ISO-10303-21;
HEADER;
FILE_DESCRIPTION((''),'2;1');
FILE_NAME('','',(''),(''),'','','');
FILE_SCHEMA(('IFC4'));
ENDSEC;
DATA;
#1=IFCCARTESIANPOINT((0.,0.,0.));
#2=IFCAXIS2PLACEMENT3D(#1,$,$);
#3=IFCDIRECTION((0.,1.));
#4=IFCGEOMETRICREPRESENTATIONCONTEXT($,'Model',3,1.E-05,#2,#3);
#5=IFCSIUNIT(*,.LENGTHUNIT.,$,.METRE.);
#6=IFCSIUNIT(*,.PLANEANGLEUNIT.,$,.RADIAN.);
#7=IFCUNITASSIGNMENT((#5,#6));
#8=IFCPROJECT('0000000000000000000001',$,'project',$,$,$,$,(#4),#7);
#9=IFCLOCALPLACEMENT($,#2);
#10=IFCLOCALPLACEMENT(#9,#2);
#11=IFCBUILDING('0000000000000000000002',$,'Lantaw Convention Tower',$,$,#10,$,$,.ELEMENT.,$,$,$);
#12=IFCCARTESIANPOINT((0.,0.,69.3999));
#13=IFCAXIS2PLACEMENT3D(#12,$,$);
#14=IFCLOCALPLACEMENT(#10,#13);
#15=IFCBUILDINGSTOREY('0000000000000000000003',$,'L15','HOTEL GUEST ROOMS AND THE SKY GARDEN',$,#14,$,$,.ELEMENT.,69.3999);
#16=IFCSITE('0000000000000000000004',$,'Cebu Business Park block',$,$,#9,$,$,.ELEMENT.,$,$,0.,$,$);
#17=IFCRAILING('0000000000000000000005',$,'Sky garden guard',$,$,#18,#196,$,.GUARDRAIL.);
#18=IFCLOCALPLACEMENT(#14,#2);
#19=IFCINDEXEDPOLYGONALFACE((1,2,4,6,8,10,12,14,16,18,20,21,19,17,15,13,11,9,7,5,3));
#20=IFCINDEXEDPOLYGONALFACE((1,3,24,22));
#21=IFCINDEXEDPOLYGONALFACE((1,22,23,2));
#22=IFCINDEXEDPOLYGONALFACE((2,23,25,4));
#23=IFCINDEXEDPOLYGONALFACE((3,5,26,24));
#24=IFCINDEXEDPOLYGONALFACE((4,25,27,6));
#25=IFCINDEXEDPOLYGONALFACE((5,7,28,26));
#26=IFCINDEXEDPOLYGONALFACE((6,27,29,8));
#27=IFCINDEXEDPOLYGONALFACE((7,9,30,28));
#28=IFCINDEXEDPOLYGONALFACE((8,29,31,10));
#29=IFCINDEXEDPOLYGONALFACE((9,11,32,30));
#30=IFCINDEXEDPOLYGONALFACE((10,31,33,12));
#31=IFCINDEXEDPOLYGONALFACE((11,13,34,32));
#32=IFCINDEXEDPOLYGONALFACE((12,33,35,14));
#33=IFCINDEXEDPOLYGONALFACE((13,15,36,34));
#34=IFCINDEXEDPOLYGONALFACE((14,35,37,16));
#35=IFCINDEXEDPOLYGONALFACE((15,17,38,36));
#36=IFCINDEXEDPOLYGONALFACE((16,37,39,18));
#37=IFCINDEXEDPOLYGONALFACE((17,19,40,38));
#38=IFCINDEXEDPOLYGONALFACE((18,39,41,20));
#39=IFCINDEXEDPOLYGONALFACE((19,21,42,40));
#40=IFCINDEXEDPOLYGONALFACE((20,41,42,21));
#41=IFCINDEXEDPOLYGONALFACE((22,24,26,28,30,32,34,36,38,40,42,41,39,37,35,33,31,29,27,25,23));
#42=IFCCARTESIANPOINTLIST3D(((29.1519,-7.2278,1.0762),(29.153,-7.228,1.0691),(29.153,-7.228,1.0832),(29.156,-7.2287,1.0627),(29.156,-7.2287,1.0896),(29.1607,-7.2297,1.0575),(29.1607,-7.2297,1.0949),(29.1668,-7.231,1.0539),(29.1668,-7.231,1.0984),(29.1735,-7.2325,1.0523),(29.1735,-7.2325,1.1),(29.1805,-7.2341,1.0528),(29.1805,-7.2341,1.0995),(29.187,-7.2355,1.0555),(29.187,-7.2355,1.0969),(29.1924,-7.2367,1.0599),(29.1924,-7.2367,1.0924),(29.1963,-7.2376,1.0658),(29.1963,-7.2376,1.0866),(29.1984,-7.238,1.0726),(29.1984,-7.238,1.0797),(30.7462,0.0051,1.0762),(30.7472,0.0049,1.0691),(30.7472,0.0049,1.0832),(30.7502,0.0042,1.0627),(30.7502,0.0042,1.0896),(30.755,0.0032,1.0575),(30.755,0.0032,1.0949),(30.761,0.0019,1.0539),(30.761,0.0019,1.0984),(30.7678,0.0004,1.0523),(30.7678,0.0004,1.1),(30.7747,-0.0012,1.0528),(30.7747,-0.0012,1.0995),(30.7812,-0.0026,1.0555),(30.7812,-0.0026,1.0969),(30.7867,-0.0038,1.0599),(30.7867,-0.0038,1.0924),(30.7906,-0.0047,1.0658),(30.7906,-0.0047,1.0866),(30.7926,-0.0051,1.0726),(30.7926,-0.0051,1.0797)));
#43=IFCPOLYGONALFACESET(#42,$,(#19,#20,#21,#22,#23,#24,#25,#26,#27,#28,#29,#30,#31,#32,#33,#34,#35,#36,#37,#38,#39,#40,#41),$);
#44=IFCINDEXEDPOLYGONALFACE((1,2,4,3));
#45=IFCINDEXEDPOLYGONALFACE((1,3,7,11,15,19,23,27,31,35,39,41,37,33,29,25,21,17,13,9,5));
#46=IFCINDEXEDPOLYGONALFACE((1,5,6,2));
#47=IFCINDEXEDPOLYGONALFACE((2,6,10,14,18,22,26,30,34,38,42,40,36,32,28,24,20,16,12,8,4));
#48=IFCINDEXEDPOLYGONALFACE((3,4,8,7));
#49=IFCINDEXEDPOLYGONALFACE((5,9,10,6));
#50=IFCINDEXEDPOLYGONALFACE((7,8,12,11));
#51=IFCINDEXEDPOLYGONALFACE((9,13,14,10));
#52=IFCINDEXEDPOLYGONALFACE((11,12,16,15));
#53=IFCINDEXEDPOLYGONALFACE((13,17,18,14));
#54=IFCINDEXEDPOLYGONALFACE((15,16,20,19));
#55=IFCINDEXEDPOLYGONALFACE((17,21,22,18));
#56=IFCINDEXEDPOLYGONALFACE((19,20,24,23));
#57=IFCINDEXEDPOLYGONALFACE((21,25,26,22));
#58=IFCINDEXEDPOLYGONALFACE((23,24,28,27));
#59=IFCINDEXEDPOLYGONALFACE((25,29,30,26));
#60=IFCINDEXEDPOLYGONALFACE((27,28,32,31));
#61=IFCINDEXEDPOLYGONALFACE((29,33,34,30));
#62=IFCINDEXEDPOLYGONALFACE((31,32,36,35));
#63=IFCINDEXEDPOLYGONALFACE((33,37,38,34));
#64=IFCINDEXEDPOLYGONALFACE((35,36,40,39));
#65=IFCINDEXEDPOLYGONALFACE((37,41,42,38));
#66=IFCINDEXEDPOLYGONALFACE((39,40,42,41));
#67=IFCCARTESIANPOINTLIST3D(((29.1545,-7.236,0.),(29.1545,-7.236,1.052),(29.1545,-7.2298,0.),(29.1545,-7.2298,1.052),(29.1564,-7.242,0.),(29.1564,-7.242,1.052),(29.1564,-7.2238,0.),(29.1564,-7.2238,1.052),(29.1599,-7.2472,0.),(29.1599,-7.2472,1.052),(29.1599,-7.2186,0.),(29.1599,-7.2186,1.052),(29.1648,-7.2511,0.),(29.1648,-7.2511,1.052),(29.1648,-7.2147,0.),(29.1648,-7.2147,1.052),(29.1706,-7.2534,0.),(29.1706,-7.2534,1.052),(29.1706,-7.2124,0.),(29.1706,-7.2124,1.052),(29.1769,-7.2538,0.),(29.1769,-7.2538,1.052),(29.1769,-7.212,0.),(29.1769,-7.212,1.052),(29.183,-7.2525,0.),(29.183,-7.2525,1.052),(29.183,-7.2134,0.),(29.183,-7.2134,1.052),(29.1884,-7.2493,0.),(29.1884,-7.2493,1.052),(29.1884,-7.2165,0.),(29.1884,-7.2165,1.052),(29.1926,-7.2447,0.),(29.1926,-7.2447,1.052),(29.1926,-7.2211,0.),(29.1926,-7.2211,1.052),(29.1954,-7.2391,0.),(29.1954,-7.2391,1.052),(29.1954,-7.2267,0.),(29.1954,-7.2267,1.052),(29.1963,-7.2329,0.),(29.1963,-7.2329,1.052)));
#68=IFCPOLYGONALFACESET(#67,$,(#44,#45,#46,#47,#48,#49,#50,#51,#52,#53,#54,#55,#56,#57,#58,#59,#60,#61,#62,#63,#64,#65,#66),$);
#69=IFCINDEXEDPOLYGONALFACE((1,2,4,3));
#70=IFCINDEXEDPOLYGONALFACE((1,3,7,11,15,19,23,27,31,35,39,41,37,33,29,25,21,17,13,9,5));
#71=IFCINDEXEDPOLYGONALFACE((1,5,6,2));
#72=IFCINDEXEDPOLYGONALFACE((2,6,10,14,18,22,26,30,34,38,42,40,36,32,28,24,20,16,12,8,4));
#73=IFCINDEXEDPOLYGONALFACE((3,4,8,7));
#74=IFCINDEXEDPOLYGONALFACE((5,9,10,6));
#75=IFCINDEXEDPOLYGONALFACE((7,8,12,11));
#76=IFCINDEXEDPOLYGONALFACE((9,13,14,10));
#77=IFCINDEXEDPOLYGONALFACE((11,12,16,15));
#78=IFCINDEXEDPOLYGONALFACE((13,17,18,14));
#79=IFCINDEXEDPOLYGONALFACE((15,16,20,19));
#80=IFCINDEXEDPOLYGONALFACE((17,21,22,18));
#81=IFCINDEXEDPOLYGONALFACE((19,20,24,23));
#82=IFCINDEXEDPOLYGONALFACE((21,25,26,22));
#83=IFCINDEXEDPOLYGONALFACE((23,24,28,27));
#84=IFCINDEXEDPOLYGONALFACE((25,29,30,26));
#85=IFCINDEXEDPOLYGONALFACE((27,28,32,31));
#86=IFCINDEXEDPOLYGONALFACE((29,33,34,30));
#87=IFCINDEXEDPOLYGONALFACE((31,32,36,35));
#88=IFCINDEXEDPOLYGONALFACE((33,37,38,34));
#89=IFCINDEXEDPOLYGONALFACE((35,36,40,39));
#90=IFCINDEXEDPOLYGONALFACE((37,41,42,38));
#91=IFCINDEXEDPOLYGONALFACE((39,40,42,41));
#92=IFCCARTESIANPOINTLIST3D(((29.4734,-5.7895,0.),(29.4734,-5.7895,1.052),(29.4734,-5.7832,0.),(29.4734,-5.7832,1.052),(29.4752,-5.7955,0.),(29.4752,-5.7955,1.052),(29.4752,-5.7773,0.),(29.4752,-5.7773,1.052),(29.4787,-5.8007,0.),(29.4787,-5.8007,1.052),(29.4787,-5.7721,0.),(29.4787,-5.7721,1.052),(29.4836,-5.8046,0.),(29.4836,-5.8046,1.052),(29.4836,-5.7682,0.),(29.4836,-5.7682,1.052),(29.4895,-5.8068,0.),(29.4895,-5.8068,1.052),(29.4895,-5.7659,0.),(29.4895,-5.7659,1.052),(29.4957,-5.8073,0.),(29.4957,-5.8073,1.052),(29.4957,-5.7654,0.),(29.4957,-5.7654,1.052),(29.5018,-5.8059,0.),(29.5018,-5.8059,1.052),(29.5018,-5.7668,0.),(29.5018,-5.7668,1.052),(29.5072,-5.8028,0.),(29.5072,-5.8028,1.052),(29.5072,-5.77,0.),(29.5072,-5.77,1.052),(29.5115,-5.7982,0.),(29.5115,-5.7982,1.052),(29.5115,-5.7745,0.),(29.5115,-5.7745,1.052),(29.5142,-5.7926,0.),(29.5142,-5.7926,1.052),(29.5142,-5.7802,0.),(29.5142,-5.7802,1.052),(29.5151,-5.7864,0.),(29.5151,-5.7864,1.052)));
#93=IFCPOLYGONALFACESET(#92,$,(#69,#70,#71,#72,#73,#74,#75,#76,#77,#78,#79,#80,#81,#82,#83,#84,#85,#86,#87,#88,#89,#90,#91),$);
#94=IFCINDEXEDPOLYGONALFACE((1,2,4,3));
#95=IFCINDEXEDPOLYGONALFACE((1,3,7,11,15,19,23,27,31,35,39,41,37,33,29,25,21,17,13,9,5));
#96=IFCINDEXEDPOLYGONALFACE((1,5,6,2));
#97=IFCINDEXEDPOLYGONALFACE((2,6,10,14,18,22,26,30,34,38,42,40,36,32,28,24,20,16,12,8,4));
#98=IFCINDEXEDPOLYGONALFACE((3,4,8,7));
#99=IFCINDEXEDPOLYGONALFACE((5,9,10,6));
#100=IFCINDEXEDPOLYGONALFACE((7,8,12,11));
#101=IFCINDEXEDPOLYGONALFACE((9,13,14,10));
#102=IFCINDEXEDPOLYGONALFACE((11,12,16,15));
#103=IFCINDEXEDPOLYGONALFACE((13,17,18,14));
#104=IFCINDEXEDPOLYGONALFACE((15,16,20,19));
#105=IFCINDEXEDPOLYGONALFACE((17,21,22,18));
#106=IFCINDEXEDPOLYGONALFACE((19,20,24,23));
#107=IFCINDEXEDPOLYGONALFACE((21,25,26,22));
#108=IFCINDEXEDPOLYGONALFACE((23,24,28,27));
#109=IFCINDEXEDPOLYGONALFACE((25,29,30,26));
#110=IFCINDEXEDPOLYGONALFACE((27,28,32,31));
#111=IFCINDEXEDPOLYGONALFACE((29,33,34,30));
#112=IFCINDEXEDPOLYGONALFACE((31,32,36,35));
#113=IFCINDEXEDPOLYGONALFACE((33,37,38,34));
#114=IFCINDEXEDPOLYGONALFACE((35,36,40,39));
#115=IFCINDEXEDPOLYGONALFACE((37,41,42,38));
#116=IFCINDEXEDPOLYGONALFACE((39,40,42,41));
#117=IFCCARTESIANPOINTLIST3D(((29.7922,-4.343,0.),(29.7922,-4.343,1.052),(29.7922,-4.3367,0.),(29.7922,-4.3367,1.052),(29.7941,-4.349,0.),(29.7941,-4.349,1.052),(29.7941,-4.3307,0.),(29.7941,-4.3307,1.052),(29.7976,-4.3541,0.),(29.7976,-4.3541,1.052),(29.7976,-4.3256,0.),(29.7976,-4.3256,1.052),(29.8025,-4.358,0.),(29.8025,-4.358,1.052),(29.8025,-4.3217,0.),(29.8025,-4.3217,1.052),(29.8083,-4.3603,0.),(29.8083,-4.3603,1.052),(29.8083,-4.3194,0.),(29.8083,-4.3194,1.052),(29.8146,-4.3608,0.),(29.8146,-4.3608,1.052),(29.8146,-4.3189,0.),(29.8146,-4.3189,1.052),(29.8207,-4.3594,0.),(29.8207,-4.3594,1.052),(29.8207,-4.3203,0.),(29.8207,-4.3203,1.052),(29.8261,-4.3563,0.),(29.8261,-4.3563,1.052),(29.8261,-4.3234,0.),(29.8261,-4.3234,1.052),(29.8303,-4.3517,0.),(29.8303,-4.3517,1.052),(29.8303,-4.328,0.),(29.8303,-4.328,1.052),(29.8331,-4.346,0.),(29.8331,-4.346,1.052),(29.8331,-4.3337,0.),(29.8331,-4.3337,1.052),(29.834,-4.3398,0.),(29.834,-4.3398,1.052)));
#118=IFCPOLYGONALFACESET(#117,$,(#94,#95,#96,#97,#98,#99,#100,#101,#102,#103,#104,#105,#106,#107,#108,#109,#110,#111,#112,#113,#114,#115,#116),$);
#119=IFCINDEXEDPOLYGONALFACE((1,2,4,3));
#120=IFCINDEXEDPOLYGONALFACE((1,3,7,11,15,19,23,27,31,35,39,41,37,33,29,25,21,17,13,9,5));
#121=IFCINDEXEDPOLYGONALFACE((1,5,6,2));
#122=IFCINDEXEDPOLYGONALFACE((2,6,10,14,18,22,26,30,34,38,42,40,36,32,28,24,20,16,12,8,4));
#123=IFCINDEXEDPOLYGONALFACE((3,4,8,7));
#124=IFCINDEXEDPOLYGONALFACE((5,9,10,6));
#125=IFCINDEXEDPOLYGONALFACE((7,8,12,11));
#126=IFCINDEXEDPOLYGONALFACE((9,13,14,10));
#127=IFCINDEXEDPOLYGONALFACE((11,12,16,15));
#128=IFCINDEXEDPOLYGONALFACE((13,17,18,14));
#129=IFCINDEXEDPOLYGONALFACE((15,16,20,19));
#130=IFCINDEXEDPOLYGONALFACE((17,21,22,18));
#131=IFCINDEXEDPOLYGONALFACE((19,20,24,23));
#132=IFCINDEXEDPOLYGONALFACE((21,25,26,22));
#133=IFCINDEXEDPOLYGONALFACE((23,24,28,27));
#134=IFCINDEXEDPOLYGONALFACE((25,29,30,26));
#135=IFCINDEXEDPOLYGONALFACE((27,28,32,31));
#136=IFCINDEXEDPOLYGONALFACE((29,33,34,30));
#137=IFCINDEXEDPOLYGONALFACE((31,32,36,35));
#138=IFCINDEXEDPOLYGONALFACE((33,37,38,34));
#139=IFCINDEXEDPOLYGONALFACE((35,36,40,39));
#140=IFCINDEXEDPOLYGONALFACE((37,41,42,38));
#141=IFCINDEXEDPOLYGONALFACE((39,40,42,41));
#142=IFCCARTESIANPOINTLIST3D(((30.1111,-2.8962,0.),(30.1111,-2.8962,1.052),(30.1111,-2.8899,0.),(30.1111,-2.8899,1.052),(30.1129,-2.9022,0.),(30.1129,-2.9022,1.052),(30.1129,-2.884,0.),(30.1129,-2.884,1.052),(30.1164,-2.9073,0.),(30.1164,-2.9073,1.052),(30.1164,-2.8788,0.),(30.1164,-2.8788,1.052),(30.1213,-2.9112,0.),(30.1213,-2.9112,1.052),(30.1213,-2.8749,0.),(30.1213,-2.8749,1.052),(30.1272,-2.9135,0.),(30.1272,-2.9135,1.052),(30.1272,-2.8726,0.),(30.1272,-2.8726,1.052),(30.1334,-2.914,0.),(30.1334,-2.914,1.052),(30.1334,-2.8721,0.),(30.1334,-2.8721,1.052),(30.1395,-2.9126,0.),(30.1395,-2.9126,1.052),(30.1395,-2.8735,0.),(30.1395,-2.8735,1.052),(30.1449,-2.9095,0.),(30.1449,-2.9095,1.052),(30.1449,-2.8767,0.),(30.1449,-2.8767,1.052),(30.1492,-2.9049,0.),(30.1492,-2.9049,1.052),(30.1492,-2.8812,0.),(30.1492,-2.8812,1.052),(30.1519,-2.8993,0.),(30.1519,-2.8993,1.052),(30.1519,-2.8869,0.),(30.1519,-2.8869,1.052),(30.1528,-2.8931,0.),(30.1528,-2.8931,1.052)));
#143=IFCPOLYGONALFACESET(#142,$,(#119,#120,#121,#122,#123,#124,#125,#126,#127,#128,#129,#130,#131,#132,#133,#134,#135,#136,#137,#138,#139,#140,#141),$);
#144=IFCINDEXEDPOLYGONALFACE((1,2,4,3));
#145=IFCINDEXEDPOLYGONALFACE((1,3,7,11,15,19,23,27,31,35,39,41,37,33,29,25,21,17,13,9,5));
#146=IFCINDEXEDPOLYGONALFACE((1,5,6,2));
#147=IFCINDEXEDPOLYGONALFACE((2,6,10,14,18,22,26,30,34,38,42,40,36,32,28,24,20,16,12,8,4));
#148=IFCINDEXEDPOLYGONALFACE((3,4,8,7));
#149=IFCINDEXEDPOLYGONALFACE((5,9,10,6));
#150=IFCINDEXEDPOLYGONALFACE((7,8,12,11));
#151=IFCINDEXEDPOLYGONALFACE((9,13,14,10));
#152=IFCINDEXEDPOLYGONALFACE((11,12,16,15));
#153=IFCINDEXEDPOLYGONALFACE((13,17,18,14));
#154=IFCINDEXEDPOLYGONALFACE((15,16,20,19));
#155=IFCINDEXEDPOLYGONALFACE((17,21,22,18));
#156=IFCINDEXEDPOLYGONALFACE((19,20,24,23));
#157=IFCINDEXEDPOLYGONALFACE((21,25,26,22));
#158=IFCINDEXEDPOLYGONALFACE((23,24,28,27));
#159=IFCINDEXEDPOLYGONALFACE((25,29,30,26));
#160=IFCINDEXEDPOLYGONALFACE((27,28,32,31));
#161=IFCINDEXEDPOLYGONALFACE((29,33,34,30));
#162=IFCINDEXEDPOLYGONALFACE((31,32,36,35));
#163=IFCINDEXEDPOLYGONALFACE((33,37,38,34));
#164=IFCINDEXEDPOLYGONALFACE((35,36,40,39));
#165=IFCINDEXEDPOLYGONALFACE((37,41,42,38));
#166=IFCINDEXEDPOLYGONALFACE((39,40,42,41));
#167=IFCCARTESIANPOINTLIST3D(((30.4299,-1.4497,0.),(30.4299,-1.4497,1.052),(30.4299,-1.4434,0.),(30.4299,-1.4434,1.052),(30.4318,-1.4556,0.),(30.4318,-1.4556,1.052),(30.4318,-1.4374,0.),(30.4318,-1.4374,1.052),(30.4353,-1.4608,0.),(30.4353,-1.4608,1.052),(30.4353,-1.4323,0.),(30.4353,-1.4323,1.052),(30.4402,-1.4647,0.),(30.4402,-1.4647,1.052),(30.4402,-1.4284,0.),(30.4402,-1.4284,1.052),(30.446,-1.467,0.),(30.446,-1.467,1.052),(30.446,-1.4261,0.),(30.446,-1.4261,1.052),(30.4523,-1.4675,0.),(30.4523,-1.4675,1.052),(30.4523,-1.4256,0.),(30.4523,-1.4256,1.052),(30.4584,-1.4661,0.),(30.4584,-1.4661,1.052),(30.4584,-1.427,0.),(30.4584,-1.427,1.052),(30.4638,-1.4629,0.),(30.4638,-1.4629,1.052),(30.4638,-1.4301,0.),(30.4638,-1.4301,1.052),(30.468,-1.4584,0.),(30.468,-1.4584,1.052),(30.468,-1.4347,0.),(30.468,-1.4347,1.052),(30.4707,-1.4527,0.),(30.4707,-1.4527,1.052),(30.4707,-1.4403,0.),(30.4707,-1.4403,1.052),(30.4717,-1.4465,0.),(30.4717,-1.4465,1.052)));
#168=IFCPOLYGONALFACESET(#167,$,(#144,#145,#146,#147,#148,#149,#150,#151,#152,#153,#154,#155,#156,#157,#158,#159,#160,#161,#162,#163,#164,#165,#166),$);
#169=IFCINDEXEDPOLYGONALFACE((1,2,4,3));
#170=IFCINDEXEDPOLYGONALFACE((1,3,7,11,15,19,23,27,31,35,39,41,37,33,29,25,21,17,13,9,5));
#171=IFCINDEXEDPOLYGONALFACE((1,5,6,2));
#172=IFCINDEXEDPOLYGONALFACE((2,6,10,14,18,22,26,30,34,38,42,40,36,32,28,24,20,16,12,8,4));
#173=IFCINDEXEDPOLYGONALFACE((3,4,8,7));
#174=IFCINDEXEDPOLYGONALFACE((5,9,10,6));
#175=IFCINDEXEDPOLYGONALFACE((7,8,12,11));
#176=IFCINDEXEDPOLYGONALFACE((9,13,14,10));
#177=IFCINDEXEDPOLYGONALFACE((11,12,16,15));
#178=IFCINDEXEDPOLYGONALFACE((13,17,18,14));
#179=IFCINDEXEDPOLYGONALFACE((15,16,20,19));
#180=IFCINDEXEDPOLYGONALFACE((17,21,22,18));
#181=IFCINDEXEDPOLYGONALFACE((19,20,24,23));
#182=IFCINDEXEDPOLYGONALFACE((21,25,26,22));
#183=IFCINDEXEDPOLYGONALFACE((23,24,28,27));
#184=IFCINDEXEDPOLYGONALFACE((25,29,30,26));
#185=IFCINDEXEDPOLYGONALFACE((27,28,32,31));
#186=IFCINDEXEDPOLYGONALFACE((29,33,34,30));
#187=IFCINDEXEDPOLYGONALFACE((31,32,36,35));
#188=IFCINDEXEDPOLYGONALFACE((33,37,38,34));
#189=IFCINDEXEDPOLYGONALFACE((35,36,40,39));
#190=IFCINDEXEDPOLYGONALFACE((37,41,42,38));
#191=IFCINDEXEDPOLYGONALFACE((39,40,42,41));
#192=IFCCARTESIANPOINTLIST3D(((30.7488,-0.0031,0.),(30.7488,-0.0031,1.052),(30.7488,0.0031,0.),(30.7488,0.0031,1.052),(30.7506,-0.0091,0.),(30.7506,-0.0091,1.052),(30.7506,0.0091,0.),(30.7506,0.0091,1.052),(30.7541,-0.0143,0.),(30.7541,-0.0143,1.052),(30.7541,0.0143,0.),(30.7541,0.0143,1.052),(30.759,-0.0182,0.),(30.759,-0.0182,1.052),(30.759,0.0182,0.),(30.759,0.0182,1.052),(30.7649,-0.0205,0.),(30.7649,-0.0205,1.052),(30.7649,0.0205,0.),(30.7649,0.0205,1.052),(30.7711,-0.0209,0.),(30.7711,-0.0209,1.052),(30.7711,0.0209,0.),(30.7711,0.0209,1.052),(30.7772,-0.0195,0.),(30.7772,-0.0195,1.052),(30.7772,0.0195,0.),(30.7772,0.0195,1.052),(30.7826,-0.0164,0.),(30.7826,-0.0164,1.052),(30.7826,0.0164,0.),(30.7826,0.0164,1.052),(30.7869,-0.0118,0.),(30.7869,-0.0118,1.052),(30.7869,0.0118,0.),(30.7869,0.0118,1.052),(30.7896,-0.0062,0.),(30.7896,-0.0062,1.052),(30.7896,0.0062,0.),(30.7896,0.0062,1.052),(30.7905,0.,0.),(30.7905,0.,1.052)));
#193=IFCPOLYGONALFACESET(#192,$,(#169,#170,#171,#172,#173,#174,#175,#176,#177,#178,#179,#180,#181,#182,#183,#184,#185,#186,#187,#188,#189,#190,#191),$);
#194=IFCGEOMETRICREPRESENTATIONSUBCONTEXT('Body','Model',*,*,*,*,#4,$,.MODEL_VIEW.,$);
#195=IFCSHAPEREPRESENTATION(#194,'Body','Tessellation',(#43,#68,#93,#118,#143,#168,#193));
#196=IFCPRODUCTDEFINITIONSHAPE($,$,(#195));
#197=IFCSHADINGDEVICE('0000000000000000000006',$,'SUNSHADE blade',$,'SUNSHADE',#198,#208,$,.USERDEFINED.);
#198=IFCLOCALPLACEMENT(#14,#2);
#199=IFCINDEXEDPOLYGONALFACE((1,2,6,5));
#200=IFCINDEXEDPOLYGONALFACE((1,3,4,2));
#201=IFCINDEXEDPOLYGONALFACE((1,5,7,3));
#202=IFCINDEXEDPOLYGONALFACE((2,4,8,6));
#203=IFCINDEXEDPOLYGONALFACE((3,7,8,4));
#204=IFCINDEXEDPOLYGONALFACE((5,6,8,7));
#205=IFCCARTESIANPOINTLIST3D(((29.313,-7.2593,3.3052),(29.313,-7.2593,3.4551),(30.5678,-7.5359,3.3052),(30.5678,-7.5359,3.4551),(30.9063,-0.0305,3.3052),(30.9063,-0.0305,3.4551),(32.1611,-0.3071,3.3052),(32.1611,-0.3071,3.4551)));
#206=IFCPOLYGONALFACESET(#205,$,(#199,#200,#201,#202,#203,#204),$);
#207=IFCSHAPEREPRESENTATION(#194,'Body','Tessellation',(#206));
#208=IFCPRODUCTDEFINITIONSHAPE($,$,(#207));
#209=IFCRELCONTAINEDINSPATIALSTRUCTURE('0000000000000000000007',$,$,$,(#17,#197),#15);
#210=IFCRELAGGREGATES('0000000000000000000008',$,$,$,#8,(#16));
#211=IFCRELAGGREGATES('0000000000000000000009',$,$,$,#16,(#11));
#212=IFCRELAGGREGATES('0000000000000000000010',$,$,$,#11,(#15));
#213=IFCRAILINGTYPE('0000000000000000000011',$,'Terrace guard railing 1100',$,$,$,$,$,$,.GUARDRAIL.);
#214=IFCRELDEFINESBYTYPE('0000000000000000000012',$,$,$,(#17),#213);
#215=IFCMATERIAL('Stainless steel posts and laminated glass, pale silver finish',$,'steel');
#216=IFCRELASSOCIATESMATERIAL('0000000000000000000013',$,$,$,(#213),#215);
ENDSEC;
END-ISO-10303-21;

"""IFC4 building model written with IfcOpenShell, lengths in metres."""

from ifc_helpers import new_model, si_unit, direction, frame, origin, origin_2d, place, context, subcontext, project, spatial, rectangle, circle, extrude, material, type_object, element, save


model = new_model("IFC4")

# Units and contexts
model_context = context("Model", 3, precision=1e-05, world=origin(), true_north=direction((0.0, 1.0)))
body_context = subcontext(model_context, "Body", "Model", "MODEL_VIEW")
ifc_project = project(units=[si_unit("LENGTHUNIT", "METRE"), si_unit("PLANEANGLEUNIT", "RADIAN")], contexts=[model_context])

# Site, building, storey
site_placement = place(None, origin())
site = spatial("IfcSite", under=ifc_project, at=site_placement, Name="Cebu Business Park block", CompositionType="ELEMENT", RefElevation=0.0)
building_placement = place(site_placement, origin())
building = spatial("IfcBuilding", under=site, at=building_placement, Name="Lantaw Convention Tower", CompositionType="ELEMENT")
storey_placement = place(building_placement, frame((0.0, 0.0, 69.3999)))
storey = spatial("IfcBuildingStorey", under=building, at=storey_placement, Name="L15", Description="HOTEL GUEST ROOMS AND THE SKY GARDEN", CompositionType="ELEMENT", Elevation=69.3999)

# Railing
ifc_material_1 = material(Name="Stainless steel posts and laminated glass, pale silver finish", Category="steel")
railing_type_1 = type_object("IfcRailingType", Name="Terrace guard railing 1100", PredefinedType="GUARDRAIL", material=ifc_material_1)
railing_1_placement = place(storey_placement, frame((29.1753, -7.2329, 0.0)))
element("IfcRailing", 1, at=railing_1_placement, inside=storey, type_object=railing_type_1, Name="Sky garden guard", PredefinedType="GUARDRAIL", context=body_context, shape_type="SweptSolid", body=[
    extrude(circle(Radius=0.0239, at=origin_2d()), frame((0.0, 0.0, 1.0762), z_axis=(0.215248, 0.976559, 0.0), x_axis=(-0.976559, 0.215248, 0.0)), (0.0, 0.0, 1.0), 7.4065),
    extrude(circle(Radius=0.021, at=origin_2d()), origin(), (0.0, 0.0, 1.0), 1.052),
    extrude(circle(Radius=0.021, at=origin_2d()), frame((0.3188, 1.4465, 0.0)), (0.0, 0.0, 1.0), 1.052),
    extrude(circle(Radius=0.021, at=origin_2d()), frame((0.6377, 2.8931, 0.0)), (0.0, 0.0, 1.0), 1.052),
    extrude(circle(Radius=0.021, at=origin_2d()), frame((0.9565, 4.3398, 0.0)), (0.0, 0.0, 1.0), 1.052),
    extrude(circle(Radius=0.021, at=origin_2d()), frame((1.2754, 5.7864, 0.0)), (0.0, 0.0, 1.0), 1.052),
    extrude(circle(Radius=0.021, at=origin_2d()), frame((1.5942, 7.2329, 0.0)), (0.0, 0.0, 1.0), 1.052),
])

# Shading device
shading_device_placement = place(storey_placement, frame((30.7371, -3.7832, 3.3052), z_axis=(0.0, 0.0, 1.0), x_axis=(0.215246, 0.97656, 0.0)))
element("IfcShadingDevice", 2, at=shading_device_placement, inside=storey, Name="SUNSHADE blade", ObjectType="SUNSHADE", PredefinedType="USERDEFINED", context=body_context, shape_type="SweptSolid", body=[
    extrude(rectangle(XDim=7.4023, YDim=1.2849, at=origin_2d()), origin(), (0.0, 0.0, 1.0), 0.1499),
])

save(model, "model.ifc")
